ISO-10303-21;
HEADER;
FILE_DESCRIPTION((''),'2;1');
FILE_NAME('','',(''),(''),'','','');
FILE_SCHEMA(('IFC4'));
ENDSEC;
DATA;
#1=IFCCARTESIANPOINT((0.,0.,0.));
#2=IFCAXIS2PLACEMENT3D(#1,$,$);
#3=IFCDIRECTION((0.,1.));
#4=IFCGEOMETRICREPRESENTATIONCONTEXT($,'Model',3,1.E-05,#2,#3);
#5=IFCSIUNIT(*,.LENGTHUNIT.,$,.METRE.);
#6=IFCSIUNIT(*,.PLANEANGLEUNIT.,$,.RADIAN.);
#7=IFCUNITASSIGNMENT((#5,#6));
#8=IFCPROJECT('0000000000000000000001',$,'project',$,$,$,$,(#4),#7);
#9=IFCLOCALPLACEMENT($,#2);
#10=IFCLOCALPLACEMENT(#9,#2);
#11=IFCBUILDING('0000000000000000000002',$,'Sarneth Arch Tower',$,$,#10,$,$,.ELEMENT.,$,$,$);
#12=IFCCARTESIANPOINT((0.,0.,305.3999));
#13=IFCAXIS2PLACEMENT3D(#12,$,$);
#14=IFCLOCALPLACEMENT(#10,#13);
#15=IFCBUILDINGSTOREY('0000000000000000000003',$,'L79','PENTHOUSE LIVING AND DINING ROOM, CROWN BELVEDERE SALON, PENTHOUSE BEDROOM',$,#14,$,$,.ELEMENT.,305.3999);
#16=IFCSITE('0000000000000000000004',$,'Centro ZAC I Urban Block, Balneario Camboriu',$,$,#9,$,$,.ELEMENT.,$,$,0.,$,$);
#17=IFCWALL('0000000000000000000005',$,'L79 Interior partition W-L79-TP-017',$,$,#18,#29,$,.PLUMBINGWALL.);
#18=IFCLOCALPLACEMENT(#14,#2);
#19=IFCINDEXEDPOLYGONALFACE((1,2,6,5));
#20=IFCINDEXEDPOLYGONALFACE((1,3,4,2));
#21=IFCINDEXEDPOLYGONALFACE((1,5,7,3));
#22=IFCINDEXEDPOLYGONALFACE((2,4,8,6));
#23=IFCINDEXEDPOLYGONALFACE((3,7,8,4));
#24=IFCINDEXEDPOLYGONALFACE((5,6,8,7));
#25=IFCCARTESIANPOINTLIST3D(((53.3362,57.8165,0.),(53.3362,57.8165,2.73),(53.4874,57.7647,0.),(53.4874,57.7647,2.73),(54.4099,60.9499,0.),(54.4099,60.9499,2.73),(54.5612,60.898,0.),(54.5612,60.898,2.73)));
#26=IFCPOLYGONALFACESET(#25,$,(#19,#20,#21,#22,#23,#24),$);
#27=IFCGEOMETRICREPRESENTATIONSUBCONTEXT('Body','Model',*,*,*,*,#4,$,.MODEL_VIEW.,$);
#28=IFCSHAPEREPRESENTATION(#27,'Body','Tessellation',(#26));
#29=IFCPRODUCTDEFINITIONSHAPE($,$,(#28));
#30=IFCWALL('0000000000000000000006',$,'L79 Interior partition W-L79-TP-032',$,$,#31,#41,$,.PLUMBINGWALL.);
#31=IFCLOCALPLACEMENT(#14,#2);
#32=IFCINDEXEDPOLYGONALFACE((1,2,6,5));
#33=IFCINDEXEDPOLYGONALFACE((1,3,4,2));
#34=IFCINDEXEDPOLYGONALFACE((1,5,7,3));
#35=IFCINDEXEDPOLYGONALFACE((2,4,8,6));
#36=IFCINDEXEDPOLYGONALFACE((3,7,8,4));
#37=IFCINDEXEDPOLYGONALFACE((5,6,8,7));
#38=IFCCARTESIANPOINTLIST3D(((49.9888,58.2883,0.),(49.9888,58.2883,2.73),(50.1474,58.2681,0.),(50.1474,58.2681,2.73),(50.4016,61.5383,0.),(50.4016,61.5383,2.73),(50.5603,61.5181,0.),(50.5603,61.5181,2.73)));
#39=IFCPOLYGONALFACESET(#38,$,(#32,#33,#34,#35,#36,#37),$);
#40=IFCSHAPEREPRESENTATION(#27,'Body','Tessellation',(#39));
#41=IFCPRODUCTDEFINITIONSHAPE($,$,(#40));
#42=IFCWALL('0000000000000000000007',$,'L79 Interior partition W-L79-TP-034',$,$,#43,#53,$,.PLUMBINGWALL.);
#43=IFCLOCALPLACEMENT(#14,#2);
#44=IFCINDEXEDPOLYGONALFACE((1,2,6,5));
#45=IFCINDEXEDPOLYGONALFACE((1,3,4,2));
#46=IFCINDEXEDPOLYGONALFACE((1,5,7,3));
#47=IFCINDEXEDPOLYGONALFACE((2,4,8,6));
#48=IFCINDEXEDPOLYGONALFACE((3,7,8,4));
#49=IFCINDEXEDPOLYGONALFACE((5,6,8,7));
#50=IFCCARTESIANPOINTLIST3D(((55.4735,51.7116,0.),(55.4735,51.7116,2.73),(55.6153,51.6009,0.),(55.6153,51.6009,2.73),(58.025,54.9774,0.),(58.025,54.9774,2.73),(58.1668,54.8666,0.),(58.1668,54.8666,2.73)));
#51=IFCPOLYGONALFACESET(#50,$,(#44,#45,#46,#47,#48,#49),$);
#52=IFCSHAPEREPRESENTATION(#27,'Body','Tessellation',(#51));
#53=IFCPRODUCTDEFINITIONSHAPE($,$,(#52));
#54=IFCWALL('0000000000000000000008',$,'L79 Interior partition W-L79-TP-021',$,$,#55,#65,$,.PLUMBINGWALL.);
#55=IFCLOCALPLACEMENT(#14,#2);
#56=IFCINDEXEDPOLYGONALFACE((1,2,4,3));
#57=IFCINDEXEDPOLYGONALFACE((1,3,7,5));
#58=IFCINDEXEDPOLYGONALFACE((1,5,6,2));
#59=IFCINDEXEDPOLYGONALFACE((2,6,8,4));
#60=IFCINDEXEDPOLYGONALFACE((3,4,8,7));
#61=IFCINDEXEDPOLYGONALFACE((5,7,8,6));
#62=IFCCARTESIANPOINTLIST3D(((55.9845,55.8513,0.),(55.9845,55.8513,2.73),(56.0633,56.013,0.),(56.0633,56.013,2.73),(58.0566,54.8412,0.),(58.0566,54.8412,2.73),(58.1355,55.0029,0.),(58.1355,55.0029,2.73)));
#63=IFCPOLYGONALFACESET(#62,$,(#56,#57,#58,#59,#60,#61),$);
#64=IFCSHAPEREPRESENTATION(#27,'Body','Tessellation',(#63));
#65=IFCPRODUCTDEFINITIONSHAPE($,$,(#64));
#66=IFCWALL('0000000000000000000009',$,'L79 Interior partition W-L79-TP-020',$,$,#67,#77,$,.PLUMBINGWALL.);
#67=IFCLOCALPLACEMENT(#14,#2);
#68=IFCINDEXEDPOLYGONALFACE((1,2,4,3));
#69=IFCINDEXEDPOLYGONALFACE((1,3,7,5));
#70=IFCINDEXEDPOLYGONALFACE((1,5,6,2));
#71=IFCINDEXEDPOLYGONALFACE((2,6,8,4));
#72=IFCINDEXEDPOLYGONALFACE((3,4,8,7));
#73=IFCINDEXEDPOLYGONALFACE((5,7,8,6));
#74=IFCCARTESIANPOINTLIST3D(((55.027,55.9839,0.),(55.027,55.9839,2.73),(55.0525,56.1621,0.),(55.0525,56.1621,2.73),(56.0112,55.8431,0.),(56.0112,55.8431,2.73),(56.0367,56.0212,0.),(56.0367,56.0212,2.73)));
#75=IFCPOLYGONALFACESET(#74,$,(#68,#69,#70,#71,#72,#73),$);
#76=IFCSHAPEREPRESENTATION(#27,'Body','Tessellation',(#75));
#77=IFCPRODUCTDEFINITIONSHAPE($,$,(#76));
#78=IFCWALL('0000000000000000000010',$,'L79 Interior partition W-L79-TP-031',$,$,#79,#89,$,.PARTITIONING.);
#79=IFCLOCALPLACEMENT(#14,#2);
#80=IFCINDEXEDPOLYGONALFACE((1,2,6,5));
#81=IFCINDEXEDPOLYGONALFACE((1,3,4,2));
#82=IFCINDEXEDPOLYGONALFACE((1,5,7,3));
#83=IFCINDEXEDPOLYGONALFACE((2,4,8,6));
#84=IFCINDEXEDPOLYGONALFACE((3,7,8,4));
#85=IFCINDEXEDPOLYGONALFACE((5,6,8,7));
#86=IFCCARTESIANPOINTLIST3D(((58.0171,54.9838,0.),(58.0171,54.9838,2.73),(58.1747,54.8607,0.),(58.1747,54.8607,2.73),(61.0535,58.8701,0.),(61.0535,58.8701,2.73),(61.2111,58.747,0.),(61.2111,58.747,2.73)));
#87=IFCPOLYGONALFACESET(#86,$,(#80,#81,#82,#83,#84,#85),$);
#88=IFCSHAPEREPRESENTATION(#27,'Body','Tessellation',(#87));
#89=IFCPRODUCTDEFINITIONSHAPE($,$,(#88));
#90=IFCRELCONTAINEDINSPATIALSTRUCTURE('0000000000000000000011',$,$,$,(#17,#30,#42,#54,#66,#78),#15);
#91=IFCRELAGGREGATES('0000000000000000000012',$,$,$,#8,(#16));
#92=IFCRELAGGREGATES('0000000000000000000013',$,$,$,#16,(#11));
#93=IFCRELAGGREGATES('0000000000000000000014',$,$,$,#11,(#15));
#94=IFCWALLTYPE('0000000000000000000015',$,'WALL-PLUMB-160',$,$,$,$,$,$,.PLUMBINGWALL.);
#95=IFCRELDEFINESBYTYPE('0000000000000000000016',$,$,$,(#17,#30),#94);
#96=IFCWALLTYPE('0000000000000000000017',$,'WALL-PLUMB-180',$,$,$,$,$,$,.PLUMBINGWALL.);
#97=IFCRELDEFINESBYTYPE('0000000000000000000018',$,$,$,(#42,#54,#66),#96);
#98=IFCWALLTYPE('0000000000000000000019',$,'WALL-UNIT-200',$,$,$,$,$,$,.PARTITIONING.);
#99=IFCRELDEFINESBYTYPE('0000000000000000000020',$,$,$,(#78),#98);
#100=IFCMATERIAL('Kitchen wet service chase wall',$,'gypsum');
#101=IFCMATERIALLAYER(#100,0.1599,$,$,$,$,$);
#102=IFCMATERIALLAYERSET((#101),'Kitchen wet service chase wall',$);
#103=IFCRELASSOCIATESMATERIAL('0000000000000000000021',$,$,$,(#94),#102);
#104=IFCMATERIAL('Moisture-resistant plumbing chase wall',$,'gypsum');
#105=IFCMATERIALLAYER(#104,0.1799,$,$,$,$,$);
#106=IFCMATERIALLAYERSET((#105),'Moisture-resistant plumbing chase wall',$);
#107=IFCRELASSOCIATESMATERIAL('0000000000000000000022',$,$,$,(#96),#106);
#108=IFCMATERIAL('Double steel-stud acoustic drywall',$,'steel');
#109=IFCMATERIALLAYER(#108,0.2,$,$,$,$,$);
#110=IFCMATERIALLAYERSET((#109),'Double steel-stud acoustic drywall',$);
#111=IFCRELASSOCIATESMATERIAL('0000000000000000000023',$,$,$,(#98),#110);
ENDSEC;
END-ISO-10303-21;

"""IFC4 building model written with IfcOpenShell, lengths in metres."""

from ifc_helpers import new_model, si_unit, direction, frame, frame_2d, origin, place, context, subcontext, project, spatial, rectangle, extrude, material, layer, layer_set, type_object, element, save


model = new_model("IFC4")

# Units and contexts
model_context = context("Model", 3, precision=1e-05, world=origin(), true_north=direction((0.0, 1.0)))
body_context = subcontext(model_context, "Body", "Model", "MODEL_VIEW")
ifc_project = project(units=[si_unit("LENGTHUNIT", "METRE"), si_unit("PLANEANGLEUNIT", "RADIAN")], contexts=[model_context])

# Site, building, storey
site_placement = place(None, origin())
site = spatial("IfcSite", under=ifc_project, at=site_placement, Name="Centro ZAC I Urban Block, Balneario Camboriu", CompositionType="ELEMENT", RefElevation=0.0)
building_placement = place(site_placement, origin())
building = spatial("IfcBuilding", under=site, at=building_placement, Name="Sarneth Arch Tower", CompositionType="ELEMENT")
storey_placement = place(building_placement, frame((0.0, 0.0, 305.3999)))
storey = spatial("IfcBuildingStorey", under=building, at=storey_placement, Name="L79", Description="PENTHOUSE LIVING AND DINING ROOM, CROWN BELVEDERE SALON, PENTHOUSE BEDROOM", CompositionType="ELEMENT", Elevation=305.3999)

# Shared definitions
ifc_material_1 = material(Name="Kitchen wet service chase wall", Category="gypsum")
ifc_layer_1 = layer(ifc_material_1, 0.1599)
ifc_layer_set_1 = layer_set([ifc_layer_1], Name="Kitchen wet service chase wall")
wall_type_1 = type_object("IfcWallType", Name="WALL-PLUMB-160", PredefinedType="PLUMBINGWALL", material=ifc_layer_set_1)

# Walls
wall_1_placement = place(storey_placement, frame((54.4856, 60.9241, 0.0), z_axis=(0.0, 0.0, 1.0), x_axis=(-0.324177, -0.945996, 0.0)))
element("IfcWall", 1, at=wall_1_placement, inside=storey, type_object=wall_type_1, Name="L79 Interior partition W-L79-TP-017", PredefinedType="PLUMBINGWALL", context=body_context, shape_type="SweptSolid", body=[
    extrude(rectangle(XDim=3.3123, YDim=0.1599, at=frame_2d((1.6562, 0.0))), origin(), (0.0, 0.0, 1.0), 2.73),
])
wall_2_placement = place(storey_placement, frame((50.481, 61.5283, 0.0), z_axis=(0.0, 0.0, 1.0), x_axis=(-0.126016, -0.992028, 0.0)))
element("IfcWall", 2, at=wall_2_placement, inside=storey, type_object=wall_type_1, Name="L79 Interior partition W-L79-TP-032", PredefinedType="PLUMBINGWALL", context=body_context, shape_type="SweptSolid", body=[
    extrude(rectangle(XDim=3.2761, YDim=0.1599, at=frame_2d((1.6382, 0.0))), origin(), (0.0, 0.0, 1.0), 2.73),
])
ifc_material_2 = material(Name="Moisture-resistant plumbing chase wall", Category="gypsum")
ifc_layer_2 = layer(ifc_material_2, 0.1799)
ifc_layer_set_2 = layer_set([ifc_layer_2], Name="Moisture-resistant plumbing chase wall")
wall_type_2 = type_object("IfcWallType", Name="WALL-PLUMB-180", PredefinedType="PLUMBINGWALL", material=ifc_layer_set_2)
wall_3_placement = place(storey_placement, frame((58.0959, 54.9221, 0.0), z_axis=(0.0, 0.0, 1.0), x_axis=(-0.615652, -0.788018, 0.0)))
element("IfcWall", 3, at=wall_3_placement, inside=storey, type_object=wall_type_2, Name="L79 Interior partition W-L79-TP-034", PredefinedType="PLUMBINGWALL", context=body_context, shape_type="SweptSolid", body=[
    extrude(rectangle(XDim=4.1443, YDim=0.1799, at=frame_2d((2.0723, 0.0))), origin(), (0.0, 0.0, 1.0), 2.73),
])
wall_4_placement = place(storey_placement, frame((56.0239, 55.9321, 0.0), z_axis=(0.0, 0.0, 1.0), x_axis=(0.898894, -0.438167, 0.0)))
element("IfcWall", 4, at=wall_4_placement, inside=storey, type_object=wall_type_2, Name="L79 Interior partition W-L79-TP-021", PredefinedType="PLUMBINGWALL", context=body_context, shape_type="SweptSolid", body=[
    extrude(rectangle(XDim=2.3052, YDim=0.1799, at=frame_2d((1.1526, 0.0))), origin(), (0.0, 0.0, 1.0), 2.73),
])
wall_5_placement = place(storey_placement, frame((55.0398, 56.073, 0.0), z_axis=(0.0, 0.0, 1.0), x_axis=(0.98991, -0.141696, 0.0)))
element("IfcWall", 5, at=wall_5_placement, inside=storey, type_object=wall_type_2, Name="L79 Interior partition W-L79-TP-020", PredefinedType="PLUMBINGWALL", context=body_context, shape_type="SweptSolid", body=[
    extrude(rectangle(XDim=0.9941, YDim=0.1799, at=frame_2d((0.4971, 0.0))), origin(), (0.0, 0.0, 1.0), 2.73),
])
ifc_material_3 = material(Name="Double steel-stud acoustic drywall", Category="steel")
ifc_layer_3 = layer(ifc_material_3, 0.2)
ifc_layer_set_3 = layer_set([ifc_layer_3], Name="Double steel-stud acoustic drywall")
wall_type_3 = type_object("IfcWallType", Name="WALL-UNIT-200", PredefinedType="PARTITIONING", material=ifc_layer_set_3)
wall_6_placement = place(storey_placement, frame((58.0959, 54.9224, 0.0), z_axis=(0.0, 0.0, 1.0), x_axis=(0.615677, 0.787999, 0.0)))
element("IfcWall", 6, at=wall_6_placement, inside=storey, type_object=wall_type_3, Name="L79 Interior partition W-L79-TP-031", PredefinedType="PARTITIONING", context=body_context, shape_type="SweptSolid", body=[
    extrude(rectangle(XDim=4.9319, YDim=0.2, at=frame_2d((2.4658, 0.0))), origin(), (0.0, 0.0, 1.0), 2.73),
])

save(model, "model.ifc")
